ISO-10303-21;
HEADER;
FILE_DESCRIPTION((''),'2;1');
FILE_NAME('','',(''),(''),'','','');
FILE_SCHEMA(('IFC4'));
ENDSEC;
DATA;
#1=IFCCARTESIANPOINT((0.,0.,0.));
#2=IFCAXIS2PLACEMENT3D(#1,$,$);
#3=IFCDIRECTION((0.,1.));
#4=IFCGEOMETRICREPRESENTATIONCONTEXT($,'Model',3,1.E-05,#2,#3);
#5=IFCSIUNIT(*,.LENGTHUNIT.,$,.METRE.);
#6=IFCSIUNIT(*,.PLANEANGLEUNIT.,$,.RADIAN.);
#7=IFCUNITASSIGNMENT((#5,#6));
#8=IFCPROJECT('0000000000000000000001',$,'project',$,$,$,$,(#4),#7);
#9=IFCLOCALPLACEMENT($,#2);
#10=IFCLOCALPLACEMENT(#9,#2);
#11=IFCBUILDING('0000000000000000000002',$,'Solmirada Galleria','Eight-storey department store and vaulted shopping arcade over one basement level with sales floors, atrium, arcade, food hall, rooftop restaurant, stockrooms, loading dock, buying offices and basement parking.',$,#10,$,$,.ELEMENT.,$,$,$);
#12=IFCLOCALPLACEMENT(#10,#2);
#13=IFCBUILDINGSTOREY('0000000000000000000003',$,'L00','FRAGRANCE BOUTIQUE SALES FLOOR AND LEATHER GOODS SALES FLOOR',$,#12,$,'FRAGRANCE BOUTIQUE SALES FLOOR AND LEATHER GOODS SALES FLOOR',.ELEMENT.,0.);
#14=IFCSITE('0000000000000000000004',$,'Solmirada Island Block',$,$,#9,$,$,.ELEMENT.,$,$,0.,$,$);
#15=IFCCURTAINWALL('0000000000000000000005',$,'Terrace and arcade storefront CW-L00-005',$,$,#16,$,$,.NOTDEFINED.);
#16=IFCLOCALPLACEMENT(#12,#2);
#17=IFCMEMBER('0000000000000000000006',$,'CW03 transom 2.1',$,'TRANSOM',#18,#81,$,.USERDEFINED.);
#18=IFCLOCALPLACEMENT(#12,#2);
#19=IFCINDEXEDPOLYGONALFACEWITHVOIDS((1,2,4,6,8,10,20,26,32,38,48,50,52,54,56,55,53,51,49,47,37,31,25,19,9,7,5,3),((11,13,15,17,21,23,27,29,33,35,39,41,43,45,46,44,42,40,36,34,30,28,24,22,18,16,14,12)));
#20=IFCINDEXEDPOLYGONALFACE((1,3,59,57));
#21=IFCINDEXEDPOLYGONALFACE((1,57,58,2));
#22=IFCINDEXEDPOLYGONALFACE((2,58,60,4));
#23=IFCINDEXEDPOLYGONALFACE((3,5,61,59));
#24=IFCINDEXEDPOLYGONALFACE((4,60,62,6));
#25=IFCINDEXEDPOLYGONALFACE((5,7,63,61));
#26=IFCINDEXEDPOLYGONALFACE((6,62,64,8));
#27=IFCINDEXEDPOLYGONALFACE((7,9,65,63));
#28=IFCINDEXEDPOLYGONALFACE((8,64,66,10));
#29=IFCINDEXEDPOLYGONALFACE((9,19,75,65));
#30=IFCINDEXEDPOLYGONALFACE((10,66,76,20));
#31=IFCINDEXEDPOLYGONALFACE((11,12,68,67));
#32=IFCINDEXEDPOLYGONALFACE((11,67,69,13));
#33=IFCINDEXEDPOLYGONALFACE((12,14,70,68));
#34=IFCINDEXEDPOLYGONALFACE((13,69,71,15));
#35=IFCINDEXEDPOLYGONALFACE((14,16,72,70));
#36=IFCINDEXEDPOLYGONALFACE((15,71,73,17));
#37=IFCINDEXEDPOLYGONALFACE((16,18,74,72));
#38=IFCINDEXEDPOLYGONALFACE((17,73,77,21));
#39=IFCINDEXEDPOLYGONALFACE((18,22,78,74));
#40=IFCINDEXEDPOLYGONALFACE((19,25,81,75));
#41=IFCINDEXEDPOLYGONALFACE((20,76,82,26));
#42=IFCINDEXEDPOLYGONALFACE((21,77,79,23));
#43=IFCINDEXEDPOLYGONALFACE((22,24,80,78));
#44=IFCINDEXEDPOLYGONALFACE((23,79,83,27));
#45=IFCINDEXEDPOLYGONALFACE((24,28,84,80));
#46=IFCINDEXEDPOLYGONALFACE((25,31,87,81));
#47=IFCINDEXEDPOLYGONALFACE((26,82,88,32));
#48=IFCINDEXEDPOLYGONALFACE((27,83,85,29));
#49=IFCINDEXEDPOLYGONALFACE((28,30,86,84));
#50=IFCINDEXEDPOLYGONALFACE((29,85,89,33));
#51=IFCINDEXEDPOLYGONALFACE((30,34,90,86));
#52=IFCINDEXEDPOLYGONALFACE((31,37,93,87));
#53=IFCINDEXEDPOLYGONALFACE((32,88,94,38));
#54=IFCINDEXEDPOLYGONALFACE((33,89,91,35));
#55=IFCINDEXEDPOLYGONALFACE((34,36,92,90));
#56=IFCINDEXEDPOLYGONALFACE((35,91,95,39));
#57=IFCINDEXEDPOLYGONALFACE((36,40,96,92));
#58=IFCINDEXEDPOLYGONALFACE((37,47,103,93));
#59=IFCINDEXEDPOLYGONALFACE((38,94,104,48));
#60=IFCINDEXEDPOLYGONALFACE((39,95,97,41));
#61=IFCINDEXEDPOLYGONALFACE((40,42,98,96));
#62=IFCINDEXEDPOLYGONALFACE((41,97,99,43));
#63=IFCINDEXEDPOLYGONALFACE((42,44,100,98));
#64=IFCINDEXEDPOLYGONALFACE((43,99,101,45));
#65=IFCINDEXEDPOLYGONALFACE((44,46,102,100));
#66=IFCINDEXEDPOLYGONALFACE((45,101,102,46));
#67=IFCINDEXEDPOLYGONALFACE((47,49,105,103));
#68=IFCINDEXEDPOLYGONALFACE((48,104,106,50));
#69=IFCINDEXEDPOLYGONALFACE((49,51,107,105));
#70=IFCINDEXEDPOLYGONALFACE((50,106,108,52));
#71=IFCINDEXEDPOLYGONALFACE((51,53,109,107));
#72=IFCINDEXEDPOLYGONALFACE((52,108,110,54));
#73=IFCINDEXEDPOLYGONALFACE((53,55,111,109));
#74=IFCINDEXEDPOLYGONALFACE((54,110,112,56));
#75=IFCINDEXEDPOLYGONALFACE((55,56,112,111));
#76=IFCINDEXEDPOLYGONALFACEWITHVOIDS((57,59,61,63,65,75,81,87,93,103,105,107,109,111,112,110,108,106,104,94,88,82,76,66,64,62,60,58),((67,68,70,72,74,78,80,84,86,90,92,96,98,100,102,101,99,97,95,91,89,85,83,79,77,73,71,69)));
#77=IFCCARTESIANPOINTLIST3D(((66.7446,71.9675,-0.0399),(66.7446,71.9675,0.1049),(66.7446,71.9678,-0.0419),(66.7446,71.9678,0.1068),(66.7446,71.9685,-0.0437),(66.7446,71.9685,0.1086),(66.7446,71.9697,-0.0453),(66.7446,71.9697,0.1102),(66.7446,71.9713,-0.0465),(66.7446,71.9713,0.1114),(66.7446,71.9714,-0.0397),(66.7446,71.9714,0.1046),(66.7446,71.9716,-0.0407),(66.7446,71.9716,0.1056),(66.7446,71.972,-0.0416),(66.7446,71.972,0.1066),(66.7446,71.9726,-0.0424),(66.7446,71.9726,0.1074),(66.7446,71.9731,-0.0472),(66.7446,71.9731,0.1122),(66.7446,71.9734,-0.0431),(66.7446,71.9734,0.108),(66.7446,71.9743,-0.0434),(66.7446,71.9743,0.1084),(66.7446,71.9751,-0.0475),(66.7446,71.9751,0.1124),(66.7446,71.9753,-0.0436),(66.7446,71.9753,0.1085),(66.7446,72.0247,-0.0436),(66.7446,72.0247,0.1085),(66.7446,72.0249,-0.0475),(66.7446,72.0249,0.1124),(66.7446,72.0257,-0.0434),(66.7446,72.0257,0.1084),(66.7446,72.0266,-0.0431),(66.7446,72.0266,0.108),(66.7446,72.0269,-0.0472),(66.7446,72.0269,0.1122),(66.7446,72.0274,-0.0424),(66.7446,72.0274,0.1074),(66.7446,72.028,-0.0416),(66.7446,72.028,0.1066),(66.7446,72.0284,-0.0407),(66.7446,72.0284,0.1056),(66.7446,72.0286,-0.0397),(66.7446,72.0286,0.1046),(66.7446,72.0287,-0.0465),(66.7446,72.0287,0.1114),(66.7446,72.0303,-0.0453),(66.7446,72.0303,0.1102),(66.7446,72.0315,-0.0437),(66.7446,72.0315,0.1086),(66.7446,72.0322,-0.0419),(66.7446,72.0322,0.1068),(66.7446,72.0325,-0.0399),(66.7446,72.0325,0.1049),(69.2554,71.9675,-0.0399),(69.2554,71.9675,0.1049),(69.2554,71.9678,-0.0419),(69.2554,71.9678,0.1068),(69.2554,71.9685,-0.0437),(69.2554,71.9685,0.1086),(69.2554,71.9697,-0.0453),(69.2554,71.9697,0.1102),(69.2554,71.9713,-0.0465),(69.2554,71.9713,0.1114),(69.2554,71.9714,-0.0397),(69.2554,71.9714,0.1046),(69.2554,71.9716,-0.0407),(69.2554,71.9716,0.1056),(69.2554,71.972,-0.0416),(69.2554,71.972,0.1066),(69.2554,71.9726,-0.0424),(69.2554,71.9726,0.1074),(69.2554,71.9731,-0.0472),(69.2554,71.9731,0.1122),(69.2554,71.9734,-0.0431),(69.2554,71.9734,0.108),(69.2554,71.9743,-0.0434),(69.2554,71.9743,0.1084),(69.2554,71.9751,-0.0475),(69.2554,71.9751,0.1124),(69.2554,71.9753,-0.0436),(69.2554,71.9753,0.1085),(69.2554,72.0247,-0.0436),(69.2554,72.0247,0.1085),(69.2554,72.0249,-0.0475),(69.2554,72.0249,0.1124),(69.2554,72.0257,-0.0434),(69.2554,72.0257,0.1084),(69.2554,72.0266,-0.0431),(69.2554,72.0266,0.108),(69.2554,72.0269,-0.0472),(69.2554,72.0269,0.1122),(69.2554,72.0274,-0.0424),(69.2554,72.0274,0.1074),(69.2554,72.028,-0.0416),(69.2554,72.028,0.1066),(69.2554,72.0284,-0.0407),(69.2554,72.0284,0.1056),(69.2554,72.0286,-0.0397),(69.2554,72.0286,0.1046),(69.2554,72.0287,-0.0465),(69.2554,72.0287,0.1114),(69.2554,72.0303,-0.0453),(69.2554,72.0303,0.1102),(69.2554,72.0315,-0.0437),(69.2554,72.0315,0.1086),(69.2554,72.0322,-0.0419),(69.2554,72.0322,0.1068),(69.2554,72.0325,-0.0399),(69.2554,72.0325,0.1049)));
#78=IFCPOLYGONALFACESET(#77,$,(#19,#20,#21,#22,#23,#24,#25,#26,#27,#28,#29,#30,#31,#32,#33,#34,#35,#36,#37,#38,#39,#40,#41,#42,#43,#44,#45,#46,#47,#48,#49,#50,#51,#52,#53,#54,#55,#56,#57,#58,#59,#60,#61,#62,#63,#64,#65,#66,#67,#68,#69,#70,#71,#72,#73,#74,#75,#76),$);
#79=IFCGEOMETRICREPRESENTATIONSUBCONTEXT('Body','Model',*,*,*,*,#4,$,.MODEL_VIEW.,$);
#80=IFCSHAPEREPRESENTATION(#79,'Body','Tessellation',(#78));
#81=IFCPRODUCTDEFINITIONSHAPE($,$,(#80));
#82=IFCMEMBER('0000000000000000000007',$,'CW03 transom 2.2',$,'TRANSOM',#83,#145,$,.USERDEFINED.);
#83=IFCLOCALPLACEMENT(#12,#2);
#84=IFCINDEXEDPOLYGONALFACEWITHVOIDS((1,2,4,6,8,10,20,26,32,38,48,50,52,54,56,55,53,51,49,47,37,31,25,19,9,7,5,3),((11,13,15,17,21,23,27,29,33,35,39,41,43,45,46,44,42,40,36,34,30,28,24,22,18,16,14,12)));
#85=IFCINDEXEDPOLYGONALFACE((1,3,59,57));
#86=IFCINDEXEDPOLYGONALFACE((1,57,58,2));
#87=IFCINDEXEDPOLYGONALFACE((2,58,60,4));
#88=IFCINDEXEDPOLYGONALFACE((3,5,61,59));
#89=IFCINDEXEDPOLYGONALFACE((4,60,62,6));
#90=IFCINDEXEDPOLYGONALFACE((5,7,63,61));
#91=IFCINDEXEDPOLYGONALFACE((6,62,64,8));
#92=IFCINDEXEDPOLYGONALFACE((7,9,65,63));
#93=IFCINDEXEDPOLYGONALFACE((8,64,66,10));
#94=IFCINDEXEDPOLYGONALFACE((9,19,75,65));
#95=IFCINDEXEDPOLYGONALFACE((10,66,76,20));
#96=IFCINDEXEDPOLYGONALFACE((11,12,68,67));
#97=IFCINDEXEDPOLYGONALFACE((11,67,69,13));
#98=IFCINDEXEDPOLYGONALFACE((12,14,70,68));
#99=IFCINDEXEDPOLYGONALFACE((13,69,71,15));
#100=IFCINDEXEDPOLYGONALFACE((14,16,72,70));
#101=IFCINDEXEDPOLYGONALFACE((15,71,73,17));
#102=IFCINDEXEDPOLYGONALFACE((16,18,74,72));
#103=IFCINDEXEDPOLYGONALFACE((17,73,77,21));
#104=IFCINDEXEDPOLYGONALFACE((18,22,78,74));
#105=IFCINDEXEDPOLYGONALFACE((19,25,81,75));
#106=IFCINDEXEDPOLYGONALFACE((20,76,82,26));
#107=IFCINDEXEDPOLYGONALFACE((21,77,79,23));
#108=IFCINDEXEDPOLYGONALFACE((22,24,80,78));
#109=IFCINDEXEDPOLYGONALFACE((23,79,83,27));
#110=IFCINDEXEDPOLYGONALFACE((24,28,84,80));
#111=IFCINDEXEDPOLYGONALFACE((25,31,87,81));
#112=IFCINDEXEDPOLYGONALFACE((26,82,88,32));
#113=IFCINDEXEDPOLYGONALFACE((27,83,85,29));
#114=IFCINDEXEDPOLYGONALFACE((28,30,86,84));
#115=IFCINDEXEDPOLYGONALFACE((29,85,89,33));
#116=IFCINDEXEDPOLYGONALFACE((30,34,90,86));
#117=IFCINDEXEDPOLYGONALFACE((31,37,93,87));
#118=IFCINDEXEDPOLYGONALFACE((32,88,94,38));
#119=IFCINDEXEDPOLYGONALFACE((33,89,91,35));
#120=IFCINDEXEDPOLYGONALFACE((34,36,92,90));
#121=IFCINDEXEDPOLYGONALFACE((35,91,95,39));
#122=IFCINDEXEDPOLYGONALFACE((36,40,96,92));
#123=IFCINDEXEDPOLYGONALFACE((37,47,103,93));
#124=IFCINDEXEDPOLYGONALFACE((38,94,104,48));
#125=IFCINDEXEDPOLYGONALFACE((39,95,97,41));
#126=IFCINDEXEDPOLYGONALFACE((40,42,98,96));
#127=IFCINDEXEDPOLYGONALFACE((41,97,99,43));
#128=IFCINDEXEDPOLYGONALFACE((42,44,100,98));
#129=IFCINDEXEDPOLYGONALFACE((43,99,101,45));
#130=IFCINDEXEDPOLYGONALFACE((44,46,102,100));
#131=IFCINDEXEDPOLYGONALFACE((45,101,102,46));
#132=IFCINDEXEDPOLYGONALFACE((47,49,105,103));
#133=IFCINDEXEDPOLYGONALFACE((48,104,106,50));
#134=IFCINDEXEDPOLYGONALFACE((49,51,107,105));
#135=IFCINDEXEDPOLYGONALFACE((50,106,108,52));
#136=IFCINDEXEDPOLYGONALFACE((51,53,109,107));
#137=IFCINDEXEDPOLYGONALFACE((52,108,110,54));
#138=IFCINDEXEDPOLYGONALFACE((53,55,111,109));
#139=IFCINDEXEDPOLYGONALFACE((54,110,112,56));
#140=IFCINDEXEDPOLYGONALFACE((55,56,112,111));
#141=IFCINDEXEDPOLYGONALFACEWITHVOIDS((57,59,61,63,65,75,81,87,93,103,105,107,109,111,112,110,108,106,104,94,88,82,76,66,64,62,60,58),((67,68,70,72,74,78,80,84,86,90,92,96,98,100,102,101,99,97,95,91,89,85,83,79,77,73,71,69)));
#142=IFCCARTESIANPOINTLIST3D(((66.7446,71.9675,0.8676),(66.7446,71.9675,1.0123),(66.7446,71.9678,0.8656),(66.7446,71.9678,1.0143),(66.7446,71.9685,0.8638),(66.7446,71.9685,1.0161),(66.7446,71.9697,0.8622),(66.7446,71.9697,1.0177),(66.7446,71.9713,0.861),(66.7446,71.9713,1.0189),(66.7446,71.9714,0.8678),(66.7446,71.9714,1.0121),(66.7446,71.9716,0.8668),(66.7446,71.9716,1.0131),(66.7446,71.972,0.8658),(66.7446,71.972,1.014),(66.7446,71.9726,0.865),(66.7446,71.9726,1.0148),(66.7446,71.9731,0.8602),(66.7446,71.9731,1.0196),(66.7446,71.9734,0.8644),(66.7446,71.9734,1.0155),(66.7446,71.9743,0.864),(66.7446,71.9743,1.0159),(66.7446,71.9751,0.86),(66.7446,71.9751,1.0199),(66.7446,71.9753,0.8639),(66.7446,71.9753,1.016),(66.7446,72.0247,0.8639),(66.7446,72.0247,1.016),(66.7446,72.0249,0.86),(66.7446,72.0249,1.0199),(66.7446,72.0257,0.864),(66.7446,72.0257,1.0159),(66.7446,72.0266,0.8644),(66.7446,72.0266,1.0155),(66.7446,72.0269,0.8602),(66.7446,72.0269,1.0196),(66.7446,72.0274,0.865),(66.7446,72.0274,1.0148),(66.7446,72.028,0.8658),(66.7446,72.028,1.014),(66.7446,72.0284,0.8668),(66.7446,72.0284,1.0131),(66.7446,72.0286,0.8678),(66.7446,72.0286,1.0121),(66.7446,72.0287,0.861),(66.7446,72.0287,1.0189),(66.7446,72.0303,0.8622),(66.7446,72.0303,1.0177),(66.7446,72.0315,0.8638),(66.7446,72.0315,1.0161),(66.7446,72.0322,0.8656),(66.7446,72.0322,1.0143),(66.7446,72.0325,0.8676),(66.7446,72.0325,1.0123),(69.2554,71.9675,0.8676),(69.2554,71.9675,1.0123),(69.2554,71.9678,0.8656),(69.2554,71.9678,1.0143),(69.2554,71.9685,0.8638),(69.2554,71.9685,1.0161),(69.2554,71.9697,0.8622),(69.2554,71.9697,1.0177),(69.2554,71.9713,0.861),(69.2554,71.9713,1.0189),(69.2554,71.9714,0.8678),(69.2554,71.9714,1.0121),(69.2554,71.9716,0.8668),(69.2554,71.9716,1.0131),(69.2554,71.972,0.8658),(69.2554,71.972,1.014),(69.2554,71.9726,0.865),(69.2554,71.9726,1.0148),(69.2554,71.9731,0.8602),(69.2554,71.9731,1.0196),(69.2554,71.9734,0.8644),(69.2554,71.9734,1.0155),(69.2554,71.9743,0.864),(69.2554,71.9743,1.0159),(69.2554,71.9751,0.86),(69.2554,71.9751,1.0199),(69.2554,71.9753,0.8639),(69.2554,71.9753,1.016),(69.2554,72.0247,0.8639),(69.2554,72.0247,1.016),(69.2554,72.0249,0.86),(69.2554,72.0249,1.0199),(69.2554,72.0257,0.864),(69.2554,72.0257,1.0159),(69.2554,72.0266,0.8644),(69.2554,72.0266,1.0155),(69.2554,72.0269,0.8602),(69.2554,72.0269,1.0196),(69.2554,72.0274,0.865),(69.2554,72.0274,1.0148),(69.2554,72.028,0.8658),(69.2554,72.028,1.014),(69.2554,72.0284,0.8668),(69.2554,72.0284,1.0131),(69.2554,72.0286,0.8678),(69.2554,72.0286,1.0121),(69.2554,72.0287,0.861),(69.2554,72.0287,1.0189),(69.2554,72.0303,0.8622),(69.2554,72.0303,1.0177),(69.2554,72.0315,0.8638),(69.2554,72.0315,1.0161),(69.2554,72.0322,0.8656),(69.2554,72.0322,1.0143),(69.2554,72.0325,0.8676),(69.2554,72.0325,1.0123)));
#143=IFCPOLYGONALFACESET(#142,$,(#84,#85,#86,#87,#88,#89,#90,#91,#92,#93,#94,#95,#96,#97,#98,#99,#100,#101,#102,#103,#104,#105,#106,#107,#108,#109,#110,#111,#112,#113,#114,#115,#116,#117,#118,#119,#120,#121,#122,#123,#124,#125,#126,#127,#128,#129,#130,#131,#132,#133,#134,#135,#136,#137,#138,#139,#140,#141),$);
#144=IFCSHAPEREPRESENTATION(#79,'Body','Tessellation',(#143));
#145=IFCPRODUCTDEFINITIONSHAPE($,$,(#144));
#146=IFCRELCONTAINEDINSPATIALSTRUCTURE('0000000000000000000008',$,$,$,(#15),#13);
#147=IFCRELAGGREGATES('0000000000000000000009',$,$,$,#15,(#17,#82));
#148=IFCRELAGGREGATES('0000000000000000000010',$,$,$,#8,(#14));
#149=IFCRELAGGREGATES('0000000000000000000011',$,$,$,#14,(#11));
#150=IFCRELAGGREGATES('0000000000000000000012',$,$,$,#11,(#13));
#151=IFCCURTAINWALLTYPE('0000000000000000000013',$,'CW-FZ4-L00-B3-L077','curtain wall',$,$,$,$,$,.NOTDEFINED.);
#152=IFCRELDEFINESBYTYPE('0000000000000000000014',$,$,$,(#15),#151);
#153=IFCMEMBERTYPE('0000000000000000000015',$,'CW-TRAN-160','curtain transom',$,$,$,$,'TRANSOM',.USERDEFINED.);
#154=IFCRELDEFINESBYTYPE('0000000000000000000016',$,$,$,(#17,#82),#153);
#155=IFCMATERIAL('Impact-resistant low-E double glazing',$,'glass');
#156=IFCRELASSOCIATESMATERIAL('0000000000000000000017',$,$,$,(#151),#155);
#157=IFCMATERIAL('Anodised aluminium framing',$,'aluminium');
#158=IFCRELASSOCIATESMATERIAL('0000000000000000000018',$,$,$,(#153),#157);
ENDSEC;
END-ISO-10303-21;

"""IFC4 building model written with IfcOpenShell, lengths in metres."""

from ifc_helpers import new_model, si_unit, direction, frame, origin, origin_2d, place, context, subcontext, project, spatial, hollow_rectangle, extrude, material, material_profile, profile_set, type_object, element, aggregate, save


model = new_model("IFC4")

# Units and contexts
model_context = context("Model", 3, precision=1e-05, world=origin(), true_north=direction((0.0, 1.0)))
body_context = subcontext(model_context, "Body", "Model", "MODEL_VIEW")
ifc_project = project(units=[si_unit("LENGTHUNIT", "METRE"), si_unit("PLANEANGLEUNIT", "RADIAN")], contexts=[model_context])

# Site, building, storey
site_placement = place(None, origin())
site = spatial("IfcSite", under=ifc_project, at=site_placement, Name="Solmirada Island Block", CompositionType="ELEMENT", RefElevation=0.0)
building_placement = place(site_placement, origin())
building = spatial("IfcBuilding", under=site, at=building_placement, Name="Solmirada Galleria", Description="Eight-storey department store and vaulted shopping arcade over one basement level with sales floors, atrium, arcade, food hall, rooftop restaurant, stockrooms, loading dock, buying offices and basement parking.", CompositionType="ELEMENT")
storey_placement = place(building_placement, origin())
storey = spatial("IfcBuildingStorey", under=building, at=storey_placement, Name="L00", Description="FRAGRANCE BOUTIQUE SALES FLOOR AND LEATHER GOODS SALES FLOOR", LongName="FRAGRANCE BOUTIQUE SALES FLOOR AND LEATHER GOODS SALES FLOOR", CompositionType="ELEMENT", Elevation=0.0)

# Shared definitions
ifc_material_1 = material(Name="Impact-resistant low-E double glazing", Category="glass")
ifc_material_2 = material(Name="Anodised aluminium framing", Category="aluminium")

# Curtain wall
curtain_wall_type_1 = type_object("IfcCurtainWallType", Name="CW-FZ4-L00-B3-L077", Description="curtain wall", PredefinedType="NOTDEFINED", material=ifc_material_1)
curtain_wall_1_placement = place(storey_placement, origin())
curtain_wall_1 = element("IfcCurtainWall", 1, at=curtain_wall_1_placement, inside=storey, type_object=curtain_wall_type_1, Name="Terrace and arcade storefront CW-L00-005", PredefinedType="NOTDEFINED")

# Members
ifc_material_profile_1 = material_profile(ifc_material_2, hollow_rectangle(XDim=0.0649, YDim=0.1599, WallThickness=0.0039, InnerFilletRadius=0.0039, OuterFilletRadius=0.0076, at=origin_2d()), Name="ALU-TRAN-160X65")
ifc_profile_set_1 = profile_set([ifc_material_profile_1], Name="Anodised aluminium framing")
member_type_1 = type_object("IfcMemberType", Name="CW-TRAN-160", Description="curtain transom", ElementType="TRANSOM", PredefinedType="USERDEFINED", material=ifc_profile_set_1)
member_1_placement = place(storey_placement, frame((69.2554, 72.0, 0.0325), z_axis=(-1.0, 0.0, 0.0), x_axis=(0.0, -1.0, 0.0)))
member_1 = element("IfcMember", 2, at=member_1_placement, type_object=member_type_1, Name="CW03 transom 2.1", ObjectType="TRANSOM", PredefinedType="USERDEFINED", context=body_context, shape_type="SweptSolid", body=[
    extrude(hollow_rectangle(XDim=0.0649, YDim=0.1599, WallThickness=0.0039, InnerFilletRadius=0.0039, OuterFilletRadius=0.0076, at=origin_2d()), origin(), (0.0, 0.0, 1.0), 2.5107),
])
member_2_placement = place(storey_placement, frame((69.2554, 72.0, 0.9399), z_axis=(-1.0, 0.0, 0.0), x_axis=(0.0, -1.0, 0.0)))
member_2 = element("IfcMember", 3, at=member_2_placement, type_object=member_type_1, Name="CW03 transom 2.2", ObjectType="TRANSOM", PredefinedType="USERDEFINED", context=body_context, shape_type="SweptSolid", body=[
    extrude(hollow_rectangle(XDim=0.0649, YDim=0.1599, WallThickness=0.0039, InnerFilletRadius=0.0039, OuterFilletRadius=0.0076, at=origin_2d()), origin(), (0.0, 0.0, 1.0), 2.5107),
])

aggregate(curtain_wall_1, [member_1, member_2])

save(model, "model.ifc")
